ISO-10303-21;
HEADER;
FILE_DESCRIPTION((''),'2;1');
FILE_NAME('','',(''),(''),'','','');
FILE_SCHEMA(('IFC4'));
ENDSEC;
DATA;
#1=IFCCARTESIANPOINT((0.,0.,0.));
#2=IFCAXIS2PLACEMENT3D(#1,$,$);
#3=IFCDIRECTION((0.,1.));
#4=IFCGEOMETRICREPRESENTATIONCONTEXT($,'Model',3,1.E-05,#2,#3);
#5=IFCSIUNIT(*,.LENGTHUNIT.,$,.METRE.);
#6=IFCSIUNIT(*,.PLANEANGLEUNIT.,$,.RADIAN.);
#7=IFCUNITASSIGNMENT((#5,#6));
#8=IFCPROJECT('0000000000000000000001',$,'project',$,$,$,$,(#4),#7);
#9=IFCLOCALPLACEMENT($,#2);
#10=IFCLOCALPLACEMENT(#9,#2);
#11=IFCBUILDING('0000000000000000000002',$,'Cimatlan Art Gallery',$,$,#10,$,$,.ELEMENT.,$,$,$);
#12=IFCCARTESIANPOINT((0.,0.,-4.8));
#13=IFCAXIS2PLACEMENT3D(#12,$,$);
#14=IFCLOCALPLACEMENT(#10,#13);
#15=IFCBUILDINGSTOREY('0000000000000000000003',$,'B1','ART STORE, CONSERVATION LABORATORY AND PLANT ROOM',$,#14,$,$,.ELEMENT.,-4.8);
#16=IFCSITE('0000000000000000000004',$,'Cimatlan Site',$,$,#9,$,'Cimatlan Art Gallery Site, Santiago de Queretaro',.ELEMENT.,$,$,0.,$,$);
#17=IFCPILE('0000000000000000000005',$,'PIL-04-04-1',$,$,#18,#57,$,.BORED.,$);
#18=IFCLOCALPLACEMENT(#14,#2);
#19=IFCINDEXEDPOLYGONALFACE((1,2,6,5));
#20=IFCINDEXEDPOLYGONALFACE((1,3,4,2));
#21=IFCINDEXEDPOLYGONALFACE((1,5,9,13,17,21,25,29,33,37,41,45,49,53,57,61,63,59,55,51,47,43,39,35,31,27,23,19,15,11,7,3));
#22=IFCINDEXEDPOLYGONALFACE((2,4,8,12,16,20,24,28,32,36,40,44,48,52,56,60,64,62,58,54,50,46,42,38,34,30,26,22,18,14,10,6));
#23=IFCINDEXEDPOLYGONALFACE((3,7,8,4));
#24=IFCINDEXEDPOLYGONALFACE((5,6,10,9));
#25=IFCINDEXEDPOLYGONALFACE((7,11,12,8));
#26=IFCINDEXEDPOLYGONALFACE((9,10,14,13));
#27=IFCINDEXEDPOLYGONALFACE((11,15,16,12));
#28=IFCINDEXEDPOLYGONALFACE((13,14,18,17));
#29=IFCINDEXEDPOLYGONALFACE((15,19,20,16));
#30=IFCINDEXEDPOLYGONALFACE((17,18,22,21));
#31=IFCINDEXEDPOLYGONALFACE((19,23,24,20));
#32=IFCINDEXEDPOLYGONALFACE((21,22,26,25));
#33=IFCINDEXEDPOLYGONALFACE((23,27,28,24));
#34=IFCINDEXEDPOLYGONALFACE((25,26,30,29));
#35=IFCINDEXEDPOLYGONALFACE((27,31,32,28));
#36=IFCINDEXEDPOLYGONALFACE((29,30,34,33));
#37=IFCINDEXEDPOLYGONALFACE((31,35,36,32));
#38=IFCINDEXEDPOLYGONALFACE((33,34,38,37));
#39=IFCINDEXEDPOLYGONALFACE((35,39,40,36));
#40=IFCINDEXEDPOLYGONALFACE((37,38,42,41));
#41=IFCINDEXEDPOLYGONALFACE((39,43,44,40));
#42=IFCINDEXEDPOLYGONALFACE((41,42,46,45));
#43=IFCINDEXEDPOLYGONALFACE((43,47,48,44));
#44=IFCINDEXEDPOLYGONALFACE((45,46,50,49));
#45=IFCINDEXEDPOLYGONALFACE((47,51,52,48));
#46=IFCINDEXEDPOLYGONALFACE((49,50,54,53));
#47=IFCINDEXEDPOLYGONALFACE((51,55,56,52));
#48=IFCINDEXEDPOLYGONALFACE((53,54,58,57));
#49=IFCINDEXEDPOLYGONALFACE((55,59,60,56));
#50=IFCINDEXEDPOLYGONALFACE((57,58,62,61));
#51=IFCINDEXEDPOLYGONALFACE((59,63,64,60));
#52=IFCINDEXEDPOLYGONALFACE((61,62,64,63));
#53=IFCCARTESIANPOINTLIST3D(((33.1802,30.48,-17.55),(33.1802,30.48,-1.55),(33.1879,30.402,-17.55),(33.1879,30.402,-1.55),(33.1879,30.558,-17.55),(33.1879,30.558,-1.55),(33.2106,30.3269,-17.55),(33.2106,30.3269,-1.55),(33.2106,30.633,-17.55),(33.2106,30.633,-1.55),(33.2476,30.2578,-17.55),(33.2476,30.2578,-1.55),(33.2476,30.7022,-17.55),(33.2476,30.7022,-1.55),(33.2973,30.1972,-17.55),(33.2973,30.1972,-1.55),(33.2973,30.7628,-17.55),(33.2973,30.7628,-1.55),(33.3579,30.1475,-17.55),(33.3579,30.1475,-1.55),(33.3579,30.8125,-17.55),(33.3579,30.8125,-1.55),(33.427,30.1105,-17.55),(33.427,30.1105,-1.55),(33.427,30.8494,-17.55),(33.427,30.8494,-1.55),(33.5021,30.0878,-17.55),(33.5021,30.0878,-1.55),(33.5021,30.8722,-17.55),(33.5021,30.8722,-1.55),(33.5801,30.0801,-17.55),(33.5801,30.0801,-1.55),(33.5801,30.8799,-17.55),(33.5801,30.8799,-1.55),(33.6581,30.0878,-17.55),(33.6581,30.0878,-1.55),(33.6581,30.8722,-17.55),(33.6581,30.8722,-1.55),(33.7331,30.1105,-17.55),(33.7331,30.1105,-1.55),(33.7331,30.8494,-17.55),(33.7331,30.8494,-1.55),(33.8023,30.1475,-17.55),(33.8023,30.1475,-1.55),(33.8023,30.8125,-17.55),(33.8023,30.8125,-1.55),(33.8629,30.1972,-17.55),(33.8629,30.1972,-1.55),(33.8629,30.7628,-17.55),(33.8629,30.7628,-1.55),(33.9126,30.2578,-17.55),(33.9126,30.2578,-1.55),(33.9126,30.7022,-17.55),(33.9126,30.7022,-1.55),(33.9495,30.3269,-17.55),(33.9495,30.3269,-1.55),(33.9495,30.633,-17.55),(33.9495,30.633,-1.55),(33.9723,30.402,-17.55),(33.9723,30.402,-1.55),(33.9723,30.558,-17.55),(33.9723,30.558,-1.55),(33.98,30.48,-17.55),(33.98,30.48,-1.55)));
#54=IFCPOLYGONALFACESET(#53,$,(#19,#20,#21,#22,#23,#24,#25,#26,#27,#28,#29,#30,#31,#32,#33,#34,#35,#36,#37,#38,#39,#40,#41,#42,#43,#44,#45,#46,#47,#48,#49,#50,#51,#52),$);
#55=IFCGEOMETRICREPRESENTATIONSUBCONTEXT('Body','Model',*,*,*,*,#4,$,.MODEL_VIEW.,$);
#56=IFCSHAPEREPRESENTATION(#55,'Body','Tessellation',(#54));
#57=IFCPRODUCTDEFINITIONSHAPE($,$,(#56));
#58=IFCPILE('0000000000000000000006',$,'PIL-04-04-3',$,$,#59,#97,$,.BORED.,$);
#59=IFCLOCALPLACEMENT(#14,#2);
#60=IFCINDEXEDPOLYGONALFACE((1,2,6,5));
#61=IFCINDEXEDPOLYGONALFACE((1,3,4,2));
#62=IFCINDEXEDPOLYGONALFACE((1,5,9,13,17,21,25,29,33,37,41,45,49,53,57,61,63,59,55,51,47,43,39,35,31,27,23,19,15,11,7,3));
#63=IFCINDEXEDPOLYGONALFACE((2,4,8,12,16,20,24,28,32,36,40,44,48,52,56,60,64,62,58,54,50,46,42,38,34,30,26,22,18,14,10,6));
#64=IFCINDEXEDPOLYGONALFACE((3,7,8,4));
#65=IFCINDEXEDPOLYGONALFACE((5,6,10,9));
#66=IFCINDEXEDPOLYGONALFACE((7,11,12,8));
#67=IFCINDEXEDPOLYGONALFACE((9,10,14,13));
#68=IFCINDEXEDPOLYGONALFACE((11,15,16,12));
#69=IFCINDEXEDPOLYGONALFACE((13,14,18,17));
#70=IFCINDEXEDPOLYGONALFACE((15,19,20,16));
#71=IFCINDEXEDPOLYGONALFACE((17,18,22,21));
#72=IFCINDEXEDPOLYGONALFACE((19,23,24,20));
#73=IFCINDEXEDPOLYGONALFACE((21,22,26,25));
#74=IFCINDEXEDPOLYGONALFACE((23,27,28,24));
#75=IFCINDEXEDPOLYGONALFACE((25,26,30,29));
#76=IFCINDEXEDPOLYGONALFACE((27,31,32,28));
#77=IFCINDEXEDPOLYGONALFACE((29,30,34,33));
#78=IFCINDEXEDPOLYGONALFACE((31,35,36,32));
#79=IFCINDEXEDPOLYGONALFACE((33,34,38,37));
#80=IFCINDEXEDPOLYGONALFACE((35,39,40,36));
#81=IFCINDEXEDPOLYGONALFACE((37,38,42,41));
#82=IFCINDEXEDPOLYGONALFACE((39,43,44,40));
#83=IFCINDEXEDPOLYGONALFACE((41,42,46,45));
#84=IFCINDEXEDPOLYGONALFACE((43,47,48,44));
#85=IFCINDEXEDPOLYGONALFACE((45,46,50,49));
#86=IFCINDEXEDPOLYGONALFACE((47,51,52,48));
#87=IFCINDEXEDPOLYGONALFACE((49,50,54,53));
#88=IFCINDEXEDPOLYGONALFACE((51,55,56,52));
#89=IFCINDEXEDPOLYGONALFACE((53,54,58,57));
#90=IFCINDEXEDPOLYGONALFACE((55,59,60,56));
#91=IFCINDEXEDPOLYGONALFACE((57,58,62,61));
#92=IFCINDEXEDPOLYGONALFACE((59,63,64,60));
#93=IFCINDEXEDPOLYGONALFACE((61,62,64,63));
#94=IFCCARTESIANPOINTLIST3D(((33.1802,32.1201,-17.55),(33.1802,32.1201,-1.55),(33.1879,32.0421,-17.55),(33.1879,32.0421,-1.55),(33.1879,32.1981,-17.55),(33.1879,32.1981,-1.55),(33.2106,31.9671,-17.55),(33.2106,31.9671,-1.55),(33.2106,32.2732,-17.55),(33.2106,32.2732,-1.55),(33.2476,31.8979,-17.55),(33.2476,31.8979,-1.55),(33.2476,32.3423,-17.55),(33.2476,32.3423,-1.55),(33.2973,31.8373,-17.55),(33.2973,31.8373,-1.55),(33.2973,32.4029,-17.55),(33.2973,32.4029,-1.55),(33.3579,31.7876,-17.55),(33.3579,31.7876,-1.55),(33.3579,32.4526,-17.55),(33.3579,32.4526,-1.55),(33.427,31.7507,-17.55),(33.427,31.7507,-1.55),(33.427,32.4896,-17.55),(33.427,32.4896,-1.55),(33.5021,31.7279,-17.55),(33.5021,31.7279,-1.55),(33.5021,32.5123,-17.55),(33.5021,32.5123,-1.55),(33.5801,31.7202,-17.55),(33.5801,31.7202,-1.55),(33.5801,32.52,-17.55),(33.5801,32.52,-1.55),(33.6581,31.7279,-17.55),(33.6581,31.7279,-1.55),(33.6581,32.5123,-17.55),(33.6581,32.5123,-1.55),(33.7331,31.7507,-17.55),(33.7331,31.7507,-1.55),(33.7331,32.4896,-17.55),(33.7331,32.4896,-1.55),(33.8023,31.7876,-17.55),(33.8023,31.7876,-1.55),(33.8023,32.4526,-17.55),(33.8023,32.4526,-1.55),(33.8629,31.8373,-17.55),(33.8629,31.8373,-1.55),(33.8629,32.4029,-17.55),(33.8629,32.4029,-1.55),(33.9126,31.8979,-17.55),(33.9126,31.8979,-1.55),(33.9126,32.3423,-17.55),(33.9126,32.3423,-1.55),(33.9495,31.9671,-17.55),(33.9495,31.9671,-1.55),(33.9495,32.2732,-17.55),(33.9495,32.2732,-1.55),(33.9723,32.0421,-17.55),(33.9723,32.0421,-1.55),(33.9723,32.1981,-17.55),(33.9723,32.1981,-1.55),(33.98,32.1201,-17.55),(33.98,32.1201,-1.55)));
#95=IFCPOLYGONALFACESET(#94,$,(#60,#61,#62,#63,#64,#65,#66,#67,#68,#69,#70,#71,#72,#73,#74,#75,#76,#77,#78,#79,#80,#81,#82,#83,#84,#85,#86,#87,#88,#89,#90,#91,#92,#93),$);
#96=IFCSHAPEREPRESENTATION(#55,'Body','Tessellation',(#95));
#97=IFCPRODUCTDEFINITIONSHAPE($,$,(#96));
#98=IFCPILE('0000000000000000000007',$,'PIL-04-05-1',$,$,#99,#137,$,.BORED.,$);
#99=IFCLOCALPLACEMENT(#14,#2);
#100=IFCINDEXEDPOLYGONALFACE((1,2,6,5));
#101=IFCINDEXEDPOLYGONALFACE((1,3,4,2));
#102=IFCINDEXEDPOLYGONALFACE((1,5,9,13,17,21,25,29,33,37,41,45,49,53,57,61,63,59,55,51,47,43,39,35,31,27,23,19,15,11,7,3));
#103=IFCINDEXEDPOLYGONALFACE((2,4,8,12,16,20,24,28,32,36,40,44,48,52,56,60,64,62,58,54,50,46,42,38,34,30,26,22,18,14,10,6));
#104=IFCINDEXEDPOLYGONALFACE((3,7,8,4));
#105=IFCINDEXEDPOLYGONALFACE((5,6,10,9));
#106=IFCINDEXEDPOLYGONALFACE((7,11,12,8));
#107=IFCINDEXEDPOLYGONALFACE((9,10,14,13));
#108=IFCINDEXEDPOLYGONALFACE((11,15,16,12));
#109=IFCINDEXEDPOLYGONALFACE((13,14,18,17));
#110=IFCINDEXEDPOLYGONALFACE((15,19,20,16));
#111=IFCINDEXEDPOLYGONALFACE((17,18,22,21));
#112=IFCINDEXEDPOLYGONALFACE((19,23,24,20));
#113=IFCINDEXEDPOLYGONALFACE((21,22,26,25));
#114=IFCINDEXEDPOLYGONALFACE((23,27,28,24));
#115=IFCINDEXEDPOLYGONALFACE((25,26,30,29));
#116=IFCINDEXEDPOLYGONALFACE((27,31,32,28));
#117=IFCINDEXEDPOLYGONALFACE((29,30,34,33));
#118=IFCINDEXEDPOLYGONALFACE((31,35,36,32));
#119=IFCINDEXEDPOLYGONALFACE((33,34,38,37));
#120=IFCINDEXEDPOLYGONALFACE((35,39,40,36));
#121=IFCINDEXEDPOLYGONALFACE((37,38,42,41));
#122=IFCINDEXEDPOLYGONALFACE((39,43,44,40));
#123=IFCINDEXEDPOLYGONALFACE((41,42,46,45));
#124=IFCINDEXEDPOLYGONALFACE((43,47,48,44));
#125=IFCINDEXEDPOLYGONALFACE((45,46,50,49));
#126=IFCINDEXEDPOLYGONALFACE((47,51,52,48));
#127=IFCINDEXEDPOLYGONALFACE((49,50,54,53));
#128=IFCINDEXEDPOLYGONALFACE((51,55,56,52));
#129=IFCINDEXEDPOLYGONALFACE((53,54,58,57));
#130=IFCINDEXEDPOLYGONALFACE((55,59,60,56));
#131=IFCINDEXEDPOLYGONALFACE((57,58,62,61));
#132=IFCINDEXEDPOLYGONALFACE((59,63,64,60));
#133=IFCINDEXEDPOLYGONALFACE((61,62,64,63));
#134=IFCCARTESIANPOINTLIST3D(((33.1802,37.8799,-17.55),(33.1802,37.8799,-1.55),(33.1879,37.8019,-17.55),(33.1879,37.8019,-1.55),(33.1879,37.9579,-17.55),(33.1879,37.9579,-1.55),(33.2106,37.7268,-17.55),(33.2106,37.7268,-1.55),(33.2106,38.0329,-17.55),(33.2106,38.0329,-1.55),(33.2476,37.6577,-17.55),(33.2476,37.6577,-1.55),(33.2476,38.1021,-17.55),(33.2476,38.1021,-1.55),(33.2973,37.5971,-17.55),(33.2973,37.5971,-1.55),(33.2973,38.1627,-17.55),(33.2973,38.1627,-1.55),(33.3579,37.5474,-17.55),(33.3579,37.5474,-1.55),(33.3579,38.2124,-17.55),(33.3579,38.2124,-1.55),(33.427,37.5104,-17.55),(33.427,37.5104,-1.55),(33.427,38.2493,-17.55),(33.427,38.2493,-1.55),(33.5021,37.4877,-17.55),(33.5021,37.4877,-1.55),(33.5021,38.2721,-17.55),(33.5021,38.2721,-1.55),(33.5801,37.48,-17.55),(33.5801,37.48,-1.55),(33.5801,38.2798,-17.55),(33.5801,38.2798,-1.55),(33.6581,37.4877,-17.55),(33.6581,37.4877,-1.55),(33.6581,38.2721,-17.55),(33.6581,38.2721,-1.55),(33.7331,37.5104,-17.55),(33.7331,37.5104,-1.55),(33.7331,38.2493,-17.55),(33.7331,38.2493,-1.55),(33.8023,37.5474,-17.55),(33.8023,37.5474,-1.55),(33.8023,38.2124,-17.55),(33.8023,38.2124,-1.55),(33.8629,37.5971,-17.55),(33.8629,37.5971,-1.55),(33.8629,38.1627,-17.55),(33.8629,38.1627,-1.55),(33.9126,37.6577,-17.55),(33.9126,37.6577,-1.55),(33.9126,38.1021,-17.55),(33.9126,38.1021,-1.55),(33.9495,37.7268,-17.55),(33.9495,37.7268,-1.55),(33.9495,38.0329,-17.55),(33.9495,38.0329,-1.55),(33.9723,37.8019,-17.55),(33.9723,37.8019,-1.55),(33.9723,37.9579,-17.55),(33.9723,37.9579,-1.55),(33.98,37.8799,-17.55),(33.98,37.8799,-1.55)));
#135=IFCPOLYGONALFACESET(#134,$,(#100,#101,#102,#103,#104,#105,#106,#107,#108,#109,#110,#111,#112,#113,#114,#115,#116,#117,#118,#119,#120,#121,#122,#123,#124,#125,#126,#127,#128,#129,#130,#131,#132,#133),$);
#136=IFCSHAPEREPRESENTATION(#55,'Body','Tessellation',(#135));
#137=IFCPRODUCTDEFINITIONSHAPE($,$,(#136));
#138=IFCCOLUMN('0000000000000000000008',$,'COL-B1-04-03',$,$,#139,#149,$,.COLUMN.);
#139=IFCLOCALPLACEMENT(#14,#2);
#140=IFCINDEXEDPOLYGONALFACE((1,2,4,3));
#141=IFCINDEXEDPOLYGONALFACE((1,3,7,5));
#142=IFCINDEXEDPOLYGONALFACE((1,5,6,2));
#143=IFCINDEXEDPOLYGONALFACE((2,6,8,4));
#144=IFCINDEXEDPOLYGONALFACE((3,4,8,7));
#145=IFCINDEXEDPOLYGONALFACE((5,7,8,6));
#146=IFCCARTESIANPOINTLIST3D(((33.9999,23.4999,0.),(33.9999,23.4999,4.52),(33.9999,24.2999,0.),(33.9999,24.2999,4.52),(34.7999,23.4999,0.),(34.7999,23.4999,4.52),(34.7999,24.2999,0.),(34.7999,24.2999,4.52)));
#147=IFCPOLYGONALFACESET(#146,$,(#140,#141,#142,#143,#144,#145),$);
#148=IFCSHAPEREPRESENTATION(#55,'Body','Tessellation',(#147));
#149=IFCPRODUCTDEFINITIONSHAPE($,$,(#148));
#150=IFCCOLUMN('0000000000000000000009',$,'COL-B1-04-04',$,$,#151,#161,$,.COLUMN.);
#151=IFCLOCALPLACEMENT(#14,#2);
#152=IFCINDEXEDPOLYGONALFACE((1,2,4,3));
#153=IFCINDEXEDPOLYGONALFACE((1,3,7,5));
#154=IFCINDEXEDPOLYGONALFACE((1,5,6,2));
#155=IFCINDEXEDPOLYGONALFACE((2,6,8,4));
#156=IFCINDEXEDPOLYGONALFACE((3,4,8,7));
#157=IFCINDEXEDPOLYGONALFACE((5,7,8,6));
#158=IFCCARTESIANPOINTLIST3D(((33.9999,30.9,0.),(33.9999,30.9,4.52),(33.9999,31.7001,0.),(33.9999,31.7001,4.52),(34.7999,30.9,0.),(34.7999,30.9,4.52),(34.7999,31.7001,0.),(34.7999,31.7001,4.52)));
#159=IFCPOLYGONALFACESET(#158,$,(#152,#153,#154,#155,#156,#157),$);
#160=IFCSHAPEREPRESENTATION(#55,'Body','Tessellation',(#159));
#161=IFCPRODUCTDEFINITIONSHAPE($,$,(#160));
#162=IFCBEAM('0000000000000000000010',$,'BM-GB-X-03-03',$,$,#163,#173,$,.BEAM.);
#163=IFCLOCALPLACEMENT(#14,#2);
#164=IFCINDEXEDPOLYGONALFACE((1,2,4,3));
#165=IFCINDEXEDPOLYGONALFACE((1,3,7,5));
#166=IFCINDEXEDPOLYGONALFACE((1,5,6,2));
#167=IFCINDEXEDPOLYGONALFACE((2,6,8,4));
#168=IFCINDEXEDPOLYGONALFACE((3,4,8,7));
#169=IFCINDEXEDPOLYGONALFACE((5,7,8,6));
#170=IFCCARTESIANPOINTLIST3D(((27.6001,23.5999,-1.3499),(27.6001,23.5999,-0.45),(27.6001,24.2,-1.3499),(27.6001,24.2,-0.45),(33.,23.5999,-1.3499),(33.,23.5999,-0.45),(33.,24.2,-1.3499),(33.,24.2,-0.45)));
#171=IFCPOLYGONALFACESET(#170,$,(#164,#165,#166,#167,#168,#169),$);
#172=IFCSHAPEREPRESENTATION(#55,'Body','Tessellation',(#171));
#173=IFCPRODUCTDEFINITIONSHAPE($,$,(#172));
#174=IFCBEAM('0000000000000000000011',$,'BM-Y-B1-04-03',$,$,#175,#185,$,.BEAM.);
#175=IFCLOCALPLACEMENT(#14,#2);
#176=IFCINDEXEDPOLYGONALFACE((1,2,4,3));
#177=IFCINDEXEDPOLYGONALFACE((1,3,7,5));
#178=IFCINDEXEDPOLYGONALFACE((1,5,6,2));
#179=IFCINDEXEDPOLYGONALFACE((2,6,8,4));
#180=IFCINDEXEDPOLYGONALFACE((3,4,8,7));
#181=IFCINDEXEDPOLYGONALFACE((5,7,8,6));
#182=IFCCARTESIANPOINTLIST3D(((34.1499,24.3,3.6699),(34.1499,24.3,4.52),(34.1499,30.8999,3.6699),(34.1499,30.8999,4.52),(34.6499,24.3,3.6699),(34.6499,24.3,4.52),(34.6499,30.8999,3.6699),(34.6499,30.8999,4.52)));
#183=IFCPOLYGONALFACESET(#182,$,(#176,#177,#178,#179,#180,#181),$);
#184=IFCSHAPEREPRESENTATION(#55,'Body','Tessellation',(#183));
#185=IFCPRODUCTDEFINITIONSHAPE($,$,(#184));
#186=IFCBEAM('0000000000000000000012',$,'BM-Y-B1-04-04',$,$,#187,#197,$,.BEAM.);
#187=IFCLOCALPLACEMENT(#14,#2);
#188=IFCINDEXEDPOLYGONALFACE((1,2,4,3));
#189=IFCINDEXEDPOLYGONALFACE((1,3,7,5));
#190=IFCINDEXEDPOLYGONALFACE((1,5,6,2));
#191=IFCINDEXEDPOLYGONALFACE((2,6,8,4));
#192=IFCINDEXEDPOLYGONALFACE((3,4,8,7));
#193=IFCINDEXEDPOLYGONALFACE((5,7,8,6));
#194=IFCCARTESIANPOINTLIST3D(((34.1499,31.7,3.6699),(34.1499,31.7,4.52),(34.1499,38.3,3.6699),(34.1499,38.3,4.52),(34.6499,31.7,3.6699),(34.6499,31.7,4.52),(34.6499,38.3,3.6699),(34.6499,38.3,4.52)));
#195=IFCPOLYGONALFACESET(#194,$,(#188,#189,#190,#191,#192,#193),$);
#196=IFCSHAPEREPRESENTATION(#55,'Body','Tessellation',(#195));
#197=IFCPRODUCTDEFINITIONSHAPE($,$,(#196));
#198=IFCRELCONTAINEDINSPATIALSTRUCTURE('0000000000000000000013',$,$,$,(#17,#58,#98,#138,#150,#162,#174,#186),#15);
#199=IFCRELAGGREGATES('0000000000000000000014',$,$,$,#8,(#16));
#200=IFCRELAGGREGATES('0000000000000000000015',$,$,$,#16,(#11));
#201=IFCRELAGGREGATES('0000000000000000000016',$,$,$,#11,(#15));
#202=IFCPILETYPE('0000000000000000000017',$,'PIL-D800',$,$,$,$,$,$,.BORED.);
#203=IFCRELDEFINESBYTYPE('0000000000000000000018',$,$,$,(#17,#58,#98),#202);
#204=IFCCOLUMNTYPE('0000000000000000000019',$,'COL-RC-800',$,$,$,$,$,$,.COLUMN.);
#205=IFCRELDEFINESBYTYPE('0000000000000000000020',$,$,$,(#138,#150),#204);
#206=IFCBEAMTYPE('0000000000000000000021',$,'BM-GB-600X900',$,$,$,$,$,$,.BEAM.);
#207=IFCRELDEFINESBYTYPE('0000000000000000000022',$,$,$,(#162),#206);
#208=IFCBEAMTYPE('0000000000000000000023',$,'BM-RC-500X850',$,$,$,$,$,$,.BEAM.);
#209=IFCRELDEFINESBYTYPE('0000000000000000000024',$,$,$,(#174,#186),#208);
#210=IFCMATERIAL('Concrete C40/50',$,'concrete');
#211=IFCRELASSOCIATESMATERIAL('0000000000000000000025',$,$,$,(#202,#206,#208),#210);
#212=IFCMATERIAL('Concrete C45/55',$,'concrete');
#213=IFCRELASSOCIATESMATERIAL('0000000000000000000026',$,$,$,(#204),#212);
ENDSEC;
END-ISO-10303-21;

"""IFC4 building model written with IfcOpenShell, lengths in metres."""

from ifc_helpers import new_model, si_unit, direction, frame, origin, origin_2d, place, context, subcontext, project, spatial, rectangle, circle, extrude, material, material_profile, profile_set, type_object, element, save


model = new_model("IFC4")

# Units and contexts
model_context = context("Model", 3, precision=1e-05, world=origin(), true_north=direction((0.0, 1.0)))
body_context = subcontext(model_context, "Body", "Model", "MODEL_VIEW")
ifc_project = project(units=[si_unit("LENGTHUNIT", "METRE"), si_unit("PLANEANGLEUNIT", "RADIAN")], contexts=[model_context])

# Site, building, storey
site_placement = place(None, origin())
site = spatial("IfcSite", under=ifc_project, at=site_placement, Name="Cimatlan Site", LongName="Cimatlan Art Gallery Site, Santiago de Queretaro", CompositionType="ELEMENT", RefElevation=0.0)
building_placement = place(site_placement, origin())
building = spatial("IfcBuilding", under=site, at=building_placement, Name="Cimatlan Art Gallery", CompositionType="ELEMENT")
storey_placement = place(building_placement, frame((0.0, 0.0, -4.8)))
storey = spatial("IfcBuildingStorey", under=building, at=storey_placement, Name="B1", Description="ART STORE, CONSERVATION LABORATORY AND PLANT ROOM", CompositionType="ELEMENT", Elevation=-4.8)

# Shared definitions
ifc_material_1 = material(Name="Concrete C40/50", Category="concrete")

# Piles
pile_type_1 = type_object("IfcPileType", Name="PIL-D800", PredefinedType="BORED", material=ifc_material_1)
for number, where, z_axis, x_axis, name in (
    (1, (33.5801, 30.48, -1.55), (0.0, 0.0, -1.0), (1.0, 0.0, 0.0), "PIL-04-04-1"),
    (2, (33.5801, 32.1201, -1.55), (0.0, 0.0, -1.0), (1.0, 0.0, 0.0), "PIL-04-04-3"),
    (3, (33.5801, 37.8799, -1.55), (0.0, 0.0, -1.0), (1.0, 0.0, 0.0), "PIL-04-05-1"),
):
    element("IfcPile", number, at=place(storey_placement, frame(where, z_axis=z_axis, x_axis=x_axis)), inside=storey, type_object=pile_type_1, Name=name, PredefinedType="BORED", context=body_context, shape_type="SweptSolid", body=[
        extrude(circle(Radius=0.3999, at=origin_2d()), origin(), (0.0, 0.0, 1.0), 16.0),
    ])

# Columns
ifc_material_2 = material(Name="Concrete C45/55", Category="concrete")
ifc_material_profile_1 = material_profile(ifc_material_2, rectangle(XDim=0.8, YDim=0.8, at=origin_2d()), Name="RC800X800")
ifc_profile_set_1 = profile_set([ifc_material_profile_1], Name="Concrete C45/55")
column_type = type_object("IfcColumnType", Name="COL-RC-800", PredefinedType="COLUMN", material=ifc_profile_set_1)
for number, where, z_axis, x_axis, name in (
    (4, (34.3999, 23.8999, 0.0), (0.0, 0.0, 1.0), (1.0, 0.0, 0.0), "COL-B1-04-03"),
    (5, (34.3999, 31.3, 0.0), (0.0, 0.0, 1.0), (1.0, 0.0, 0.0), "COL-B1-04-04"),
):
    element("IfcColumn", number, at=place(storey_placement, frame(where, z_axis=z_axis, x_axis=x_axis)), inside=storey, type_object=column_type, Name=name, PredefinedType="COLUMN", context=body_context, shape_type="SweptSolid", body=[
        extrude(rectangle(XDim=0.8, YDim=0.8, at=origin_2d()), origin(), (0.0, 0.0, 1.0), 4.52),
    ])

# Beams
ifc_material_profile_2 = material_profile(ifc_material_1, rectangle(XDim=0.6001, YDim=0.8999, at=origin_2d()), Name="RC600X900")
ifc_profile_set_2 = profile_set([ifc_material_profile_2], Name="Concrete C40/50")
beam_type_1 = type_object("IfcBeamType", Name="BM-GB-600X900", PredefinedType="BEAM", material=ifc_profile_set_2)
beam_1_placement = place(storey_placement, frame((27.6001, 23.8999, -0.8999), z_axis=(1.0, 0.0, 0.0), x_axis=(0.0, 1.0, 0.0)))
element("IfcBeam", 6, at=beam_1_placement, inside=storey, type_object=beam_type_1, Name="BM-GB-X-03-03", PredefinedType="BEAM", context=body_context, shape_type="SweptSolid", body=[
    extrude(rectangle(XDim=0.6001, YDim=0.8999, at=origin_2d()), origin(), (0.0, 0.0, 1.0), 5.3999),
])
ifc_material_profile_3 = material_profile(ifc_material_1, rectangle(XDim=0.5, YDim=0.8501, at=origin_2d()), Name="RC500X850")
ifc_profile_set_3 = profile_set([ifc_material_profile_3], Name="Concrete C40/50")
beam_type_2 = type_object("IfcBeamType", Name="BM-RC-500X850", PredefinedType="BEAM", material=ifc_profile_set_3)
beam_2_placement = place(storey_placement, frame((34.3999, 24.3, 4.095), z_axis=(0.0, 1.0, 0.0), x_axis=(-1.0, 0.0, 0.0)))
element("IfcBeam", 7, at=beam_2_placement, inside=storey, type_object=beam_type_2, Name="BM-Y-B1-04-03", PredefinedType="BEAM", context=body_context, shape_type="SweptSolid", body=[
    extrude(rectangle(XDim=0.5, YDim=0.8501, at=origin_2d()), origin(), (0.0, 0.0, 1.0), 6.5999),
])
beam_3_placement = place(storey_placement, frame((34.3999, 31.7, 4.095), z_axis=(0.0, 1.0, 0.0), x_axis=(-1.0, 0.0, 0.0)))
element("IfcBeam", 8, at=beam_3_placement, inside=storey, type_object=beam_type_2, Name="BM-Y-B1-04-04", PredefinedType="BEAM", context=body_context, shape_type="SweptSolid", body=[
    extrude(rectangle(XDim=0.5, YDim=0.8501, at=origin_2d()), origin(), (0.0, 0.0, 1.0), 6.6001),
])

save(model, "model.ifc")
